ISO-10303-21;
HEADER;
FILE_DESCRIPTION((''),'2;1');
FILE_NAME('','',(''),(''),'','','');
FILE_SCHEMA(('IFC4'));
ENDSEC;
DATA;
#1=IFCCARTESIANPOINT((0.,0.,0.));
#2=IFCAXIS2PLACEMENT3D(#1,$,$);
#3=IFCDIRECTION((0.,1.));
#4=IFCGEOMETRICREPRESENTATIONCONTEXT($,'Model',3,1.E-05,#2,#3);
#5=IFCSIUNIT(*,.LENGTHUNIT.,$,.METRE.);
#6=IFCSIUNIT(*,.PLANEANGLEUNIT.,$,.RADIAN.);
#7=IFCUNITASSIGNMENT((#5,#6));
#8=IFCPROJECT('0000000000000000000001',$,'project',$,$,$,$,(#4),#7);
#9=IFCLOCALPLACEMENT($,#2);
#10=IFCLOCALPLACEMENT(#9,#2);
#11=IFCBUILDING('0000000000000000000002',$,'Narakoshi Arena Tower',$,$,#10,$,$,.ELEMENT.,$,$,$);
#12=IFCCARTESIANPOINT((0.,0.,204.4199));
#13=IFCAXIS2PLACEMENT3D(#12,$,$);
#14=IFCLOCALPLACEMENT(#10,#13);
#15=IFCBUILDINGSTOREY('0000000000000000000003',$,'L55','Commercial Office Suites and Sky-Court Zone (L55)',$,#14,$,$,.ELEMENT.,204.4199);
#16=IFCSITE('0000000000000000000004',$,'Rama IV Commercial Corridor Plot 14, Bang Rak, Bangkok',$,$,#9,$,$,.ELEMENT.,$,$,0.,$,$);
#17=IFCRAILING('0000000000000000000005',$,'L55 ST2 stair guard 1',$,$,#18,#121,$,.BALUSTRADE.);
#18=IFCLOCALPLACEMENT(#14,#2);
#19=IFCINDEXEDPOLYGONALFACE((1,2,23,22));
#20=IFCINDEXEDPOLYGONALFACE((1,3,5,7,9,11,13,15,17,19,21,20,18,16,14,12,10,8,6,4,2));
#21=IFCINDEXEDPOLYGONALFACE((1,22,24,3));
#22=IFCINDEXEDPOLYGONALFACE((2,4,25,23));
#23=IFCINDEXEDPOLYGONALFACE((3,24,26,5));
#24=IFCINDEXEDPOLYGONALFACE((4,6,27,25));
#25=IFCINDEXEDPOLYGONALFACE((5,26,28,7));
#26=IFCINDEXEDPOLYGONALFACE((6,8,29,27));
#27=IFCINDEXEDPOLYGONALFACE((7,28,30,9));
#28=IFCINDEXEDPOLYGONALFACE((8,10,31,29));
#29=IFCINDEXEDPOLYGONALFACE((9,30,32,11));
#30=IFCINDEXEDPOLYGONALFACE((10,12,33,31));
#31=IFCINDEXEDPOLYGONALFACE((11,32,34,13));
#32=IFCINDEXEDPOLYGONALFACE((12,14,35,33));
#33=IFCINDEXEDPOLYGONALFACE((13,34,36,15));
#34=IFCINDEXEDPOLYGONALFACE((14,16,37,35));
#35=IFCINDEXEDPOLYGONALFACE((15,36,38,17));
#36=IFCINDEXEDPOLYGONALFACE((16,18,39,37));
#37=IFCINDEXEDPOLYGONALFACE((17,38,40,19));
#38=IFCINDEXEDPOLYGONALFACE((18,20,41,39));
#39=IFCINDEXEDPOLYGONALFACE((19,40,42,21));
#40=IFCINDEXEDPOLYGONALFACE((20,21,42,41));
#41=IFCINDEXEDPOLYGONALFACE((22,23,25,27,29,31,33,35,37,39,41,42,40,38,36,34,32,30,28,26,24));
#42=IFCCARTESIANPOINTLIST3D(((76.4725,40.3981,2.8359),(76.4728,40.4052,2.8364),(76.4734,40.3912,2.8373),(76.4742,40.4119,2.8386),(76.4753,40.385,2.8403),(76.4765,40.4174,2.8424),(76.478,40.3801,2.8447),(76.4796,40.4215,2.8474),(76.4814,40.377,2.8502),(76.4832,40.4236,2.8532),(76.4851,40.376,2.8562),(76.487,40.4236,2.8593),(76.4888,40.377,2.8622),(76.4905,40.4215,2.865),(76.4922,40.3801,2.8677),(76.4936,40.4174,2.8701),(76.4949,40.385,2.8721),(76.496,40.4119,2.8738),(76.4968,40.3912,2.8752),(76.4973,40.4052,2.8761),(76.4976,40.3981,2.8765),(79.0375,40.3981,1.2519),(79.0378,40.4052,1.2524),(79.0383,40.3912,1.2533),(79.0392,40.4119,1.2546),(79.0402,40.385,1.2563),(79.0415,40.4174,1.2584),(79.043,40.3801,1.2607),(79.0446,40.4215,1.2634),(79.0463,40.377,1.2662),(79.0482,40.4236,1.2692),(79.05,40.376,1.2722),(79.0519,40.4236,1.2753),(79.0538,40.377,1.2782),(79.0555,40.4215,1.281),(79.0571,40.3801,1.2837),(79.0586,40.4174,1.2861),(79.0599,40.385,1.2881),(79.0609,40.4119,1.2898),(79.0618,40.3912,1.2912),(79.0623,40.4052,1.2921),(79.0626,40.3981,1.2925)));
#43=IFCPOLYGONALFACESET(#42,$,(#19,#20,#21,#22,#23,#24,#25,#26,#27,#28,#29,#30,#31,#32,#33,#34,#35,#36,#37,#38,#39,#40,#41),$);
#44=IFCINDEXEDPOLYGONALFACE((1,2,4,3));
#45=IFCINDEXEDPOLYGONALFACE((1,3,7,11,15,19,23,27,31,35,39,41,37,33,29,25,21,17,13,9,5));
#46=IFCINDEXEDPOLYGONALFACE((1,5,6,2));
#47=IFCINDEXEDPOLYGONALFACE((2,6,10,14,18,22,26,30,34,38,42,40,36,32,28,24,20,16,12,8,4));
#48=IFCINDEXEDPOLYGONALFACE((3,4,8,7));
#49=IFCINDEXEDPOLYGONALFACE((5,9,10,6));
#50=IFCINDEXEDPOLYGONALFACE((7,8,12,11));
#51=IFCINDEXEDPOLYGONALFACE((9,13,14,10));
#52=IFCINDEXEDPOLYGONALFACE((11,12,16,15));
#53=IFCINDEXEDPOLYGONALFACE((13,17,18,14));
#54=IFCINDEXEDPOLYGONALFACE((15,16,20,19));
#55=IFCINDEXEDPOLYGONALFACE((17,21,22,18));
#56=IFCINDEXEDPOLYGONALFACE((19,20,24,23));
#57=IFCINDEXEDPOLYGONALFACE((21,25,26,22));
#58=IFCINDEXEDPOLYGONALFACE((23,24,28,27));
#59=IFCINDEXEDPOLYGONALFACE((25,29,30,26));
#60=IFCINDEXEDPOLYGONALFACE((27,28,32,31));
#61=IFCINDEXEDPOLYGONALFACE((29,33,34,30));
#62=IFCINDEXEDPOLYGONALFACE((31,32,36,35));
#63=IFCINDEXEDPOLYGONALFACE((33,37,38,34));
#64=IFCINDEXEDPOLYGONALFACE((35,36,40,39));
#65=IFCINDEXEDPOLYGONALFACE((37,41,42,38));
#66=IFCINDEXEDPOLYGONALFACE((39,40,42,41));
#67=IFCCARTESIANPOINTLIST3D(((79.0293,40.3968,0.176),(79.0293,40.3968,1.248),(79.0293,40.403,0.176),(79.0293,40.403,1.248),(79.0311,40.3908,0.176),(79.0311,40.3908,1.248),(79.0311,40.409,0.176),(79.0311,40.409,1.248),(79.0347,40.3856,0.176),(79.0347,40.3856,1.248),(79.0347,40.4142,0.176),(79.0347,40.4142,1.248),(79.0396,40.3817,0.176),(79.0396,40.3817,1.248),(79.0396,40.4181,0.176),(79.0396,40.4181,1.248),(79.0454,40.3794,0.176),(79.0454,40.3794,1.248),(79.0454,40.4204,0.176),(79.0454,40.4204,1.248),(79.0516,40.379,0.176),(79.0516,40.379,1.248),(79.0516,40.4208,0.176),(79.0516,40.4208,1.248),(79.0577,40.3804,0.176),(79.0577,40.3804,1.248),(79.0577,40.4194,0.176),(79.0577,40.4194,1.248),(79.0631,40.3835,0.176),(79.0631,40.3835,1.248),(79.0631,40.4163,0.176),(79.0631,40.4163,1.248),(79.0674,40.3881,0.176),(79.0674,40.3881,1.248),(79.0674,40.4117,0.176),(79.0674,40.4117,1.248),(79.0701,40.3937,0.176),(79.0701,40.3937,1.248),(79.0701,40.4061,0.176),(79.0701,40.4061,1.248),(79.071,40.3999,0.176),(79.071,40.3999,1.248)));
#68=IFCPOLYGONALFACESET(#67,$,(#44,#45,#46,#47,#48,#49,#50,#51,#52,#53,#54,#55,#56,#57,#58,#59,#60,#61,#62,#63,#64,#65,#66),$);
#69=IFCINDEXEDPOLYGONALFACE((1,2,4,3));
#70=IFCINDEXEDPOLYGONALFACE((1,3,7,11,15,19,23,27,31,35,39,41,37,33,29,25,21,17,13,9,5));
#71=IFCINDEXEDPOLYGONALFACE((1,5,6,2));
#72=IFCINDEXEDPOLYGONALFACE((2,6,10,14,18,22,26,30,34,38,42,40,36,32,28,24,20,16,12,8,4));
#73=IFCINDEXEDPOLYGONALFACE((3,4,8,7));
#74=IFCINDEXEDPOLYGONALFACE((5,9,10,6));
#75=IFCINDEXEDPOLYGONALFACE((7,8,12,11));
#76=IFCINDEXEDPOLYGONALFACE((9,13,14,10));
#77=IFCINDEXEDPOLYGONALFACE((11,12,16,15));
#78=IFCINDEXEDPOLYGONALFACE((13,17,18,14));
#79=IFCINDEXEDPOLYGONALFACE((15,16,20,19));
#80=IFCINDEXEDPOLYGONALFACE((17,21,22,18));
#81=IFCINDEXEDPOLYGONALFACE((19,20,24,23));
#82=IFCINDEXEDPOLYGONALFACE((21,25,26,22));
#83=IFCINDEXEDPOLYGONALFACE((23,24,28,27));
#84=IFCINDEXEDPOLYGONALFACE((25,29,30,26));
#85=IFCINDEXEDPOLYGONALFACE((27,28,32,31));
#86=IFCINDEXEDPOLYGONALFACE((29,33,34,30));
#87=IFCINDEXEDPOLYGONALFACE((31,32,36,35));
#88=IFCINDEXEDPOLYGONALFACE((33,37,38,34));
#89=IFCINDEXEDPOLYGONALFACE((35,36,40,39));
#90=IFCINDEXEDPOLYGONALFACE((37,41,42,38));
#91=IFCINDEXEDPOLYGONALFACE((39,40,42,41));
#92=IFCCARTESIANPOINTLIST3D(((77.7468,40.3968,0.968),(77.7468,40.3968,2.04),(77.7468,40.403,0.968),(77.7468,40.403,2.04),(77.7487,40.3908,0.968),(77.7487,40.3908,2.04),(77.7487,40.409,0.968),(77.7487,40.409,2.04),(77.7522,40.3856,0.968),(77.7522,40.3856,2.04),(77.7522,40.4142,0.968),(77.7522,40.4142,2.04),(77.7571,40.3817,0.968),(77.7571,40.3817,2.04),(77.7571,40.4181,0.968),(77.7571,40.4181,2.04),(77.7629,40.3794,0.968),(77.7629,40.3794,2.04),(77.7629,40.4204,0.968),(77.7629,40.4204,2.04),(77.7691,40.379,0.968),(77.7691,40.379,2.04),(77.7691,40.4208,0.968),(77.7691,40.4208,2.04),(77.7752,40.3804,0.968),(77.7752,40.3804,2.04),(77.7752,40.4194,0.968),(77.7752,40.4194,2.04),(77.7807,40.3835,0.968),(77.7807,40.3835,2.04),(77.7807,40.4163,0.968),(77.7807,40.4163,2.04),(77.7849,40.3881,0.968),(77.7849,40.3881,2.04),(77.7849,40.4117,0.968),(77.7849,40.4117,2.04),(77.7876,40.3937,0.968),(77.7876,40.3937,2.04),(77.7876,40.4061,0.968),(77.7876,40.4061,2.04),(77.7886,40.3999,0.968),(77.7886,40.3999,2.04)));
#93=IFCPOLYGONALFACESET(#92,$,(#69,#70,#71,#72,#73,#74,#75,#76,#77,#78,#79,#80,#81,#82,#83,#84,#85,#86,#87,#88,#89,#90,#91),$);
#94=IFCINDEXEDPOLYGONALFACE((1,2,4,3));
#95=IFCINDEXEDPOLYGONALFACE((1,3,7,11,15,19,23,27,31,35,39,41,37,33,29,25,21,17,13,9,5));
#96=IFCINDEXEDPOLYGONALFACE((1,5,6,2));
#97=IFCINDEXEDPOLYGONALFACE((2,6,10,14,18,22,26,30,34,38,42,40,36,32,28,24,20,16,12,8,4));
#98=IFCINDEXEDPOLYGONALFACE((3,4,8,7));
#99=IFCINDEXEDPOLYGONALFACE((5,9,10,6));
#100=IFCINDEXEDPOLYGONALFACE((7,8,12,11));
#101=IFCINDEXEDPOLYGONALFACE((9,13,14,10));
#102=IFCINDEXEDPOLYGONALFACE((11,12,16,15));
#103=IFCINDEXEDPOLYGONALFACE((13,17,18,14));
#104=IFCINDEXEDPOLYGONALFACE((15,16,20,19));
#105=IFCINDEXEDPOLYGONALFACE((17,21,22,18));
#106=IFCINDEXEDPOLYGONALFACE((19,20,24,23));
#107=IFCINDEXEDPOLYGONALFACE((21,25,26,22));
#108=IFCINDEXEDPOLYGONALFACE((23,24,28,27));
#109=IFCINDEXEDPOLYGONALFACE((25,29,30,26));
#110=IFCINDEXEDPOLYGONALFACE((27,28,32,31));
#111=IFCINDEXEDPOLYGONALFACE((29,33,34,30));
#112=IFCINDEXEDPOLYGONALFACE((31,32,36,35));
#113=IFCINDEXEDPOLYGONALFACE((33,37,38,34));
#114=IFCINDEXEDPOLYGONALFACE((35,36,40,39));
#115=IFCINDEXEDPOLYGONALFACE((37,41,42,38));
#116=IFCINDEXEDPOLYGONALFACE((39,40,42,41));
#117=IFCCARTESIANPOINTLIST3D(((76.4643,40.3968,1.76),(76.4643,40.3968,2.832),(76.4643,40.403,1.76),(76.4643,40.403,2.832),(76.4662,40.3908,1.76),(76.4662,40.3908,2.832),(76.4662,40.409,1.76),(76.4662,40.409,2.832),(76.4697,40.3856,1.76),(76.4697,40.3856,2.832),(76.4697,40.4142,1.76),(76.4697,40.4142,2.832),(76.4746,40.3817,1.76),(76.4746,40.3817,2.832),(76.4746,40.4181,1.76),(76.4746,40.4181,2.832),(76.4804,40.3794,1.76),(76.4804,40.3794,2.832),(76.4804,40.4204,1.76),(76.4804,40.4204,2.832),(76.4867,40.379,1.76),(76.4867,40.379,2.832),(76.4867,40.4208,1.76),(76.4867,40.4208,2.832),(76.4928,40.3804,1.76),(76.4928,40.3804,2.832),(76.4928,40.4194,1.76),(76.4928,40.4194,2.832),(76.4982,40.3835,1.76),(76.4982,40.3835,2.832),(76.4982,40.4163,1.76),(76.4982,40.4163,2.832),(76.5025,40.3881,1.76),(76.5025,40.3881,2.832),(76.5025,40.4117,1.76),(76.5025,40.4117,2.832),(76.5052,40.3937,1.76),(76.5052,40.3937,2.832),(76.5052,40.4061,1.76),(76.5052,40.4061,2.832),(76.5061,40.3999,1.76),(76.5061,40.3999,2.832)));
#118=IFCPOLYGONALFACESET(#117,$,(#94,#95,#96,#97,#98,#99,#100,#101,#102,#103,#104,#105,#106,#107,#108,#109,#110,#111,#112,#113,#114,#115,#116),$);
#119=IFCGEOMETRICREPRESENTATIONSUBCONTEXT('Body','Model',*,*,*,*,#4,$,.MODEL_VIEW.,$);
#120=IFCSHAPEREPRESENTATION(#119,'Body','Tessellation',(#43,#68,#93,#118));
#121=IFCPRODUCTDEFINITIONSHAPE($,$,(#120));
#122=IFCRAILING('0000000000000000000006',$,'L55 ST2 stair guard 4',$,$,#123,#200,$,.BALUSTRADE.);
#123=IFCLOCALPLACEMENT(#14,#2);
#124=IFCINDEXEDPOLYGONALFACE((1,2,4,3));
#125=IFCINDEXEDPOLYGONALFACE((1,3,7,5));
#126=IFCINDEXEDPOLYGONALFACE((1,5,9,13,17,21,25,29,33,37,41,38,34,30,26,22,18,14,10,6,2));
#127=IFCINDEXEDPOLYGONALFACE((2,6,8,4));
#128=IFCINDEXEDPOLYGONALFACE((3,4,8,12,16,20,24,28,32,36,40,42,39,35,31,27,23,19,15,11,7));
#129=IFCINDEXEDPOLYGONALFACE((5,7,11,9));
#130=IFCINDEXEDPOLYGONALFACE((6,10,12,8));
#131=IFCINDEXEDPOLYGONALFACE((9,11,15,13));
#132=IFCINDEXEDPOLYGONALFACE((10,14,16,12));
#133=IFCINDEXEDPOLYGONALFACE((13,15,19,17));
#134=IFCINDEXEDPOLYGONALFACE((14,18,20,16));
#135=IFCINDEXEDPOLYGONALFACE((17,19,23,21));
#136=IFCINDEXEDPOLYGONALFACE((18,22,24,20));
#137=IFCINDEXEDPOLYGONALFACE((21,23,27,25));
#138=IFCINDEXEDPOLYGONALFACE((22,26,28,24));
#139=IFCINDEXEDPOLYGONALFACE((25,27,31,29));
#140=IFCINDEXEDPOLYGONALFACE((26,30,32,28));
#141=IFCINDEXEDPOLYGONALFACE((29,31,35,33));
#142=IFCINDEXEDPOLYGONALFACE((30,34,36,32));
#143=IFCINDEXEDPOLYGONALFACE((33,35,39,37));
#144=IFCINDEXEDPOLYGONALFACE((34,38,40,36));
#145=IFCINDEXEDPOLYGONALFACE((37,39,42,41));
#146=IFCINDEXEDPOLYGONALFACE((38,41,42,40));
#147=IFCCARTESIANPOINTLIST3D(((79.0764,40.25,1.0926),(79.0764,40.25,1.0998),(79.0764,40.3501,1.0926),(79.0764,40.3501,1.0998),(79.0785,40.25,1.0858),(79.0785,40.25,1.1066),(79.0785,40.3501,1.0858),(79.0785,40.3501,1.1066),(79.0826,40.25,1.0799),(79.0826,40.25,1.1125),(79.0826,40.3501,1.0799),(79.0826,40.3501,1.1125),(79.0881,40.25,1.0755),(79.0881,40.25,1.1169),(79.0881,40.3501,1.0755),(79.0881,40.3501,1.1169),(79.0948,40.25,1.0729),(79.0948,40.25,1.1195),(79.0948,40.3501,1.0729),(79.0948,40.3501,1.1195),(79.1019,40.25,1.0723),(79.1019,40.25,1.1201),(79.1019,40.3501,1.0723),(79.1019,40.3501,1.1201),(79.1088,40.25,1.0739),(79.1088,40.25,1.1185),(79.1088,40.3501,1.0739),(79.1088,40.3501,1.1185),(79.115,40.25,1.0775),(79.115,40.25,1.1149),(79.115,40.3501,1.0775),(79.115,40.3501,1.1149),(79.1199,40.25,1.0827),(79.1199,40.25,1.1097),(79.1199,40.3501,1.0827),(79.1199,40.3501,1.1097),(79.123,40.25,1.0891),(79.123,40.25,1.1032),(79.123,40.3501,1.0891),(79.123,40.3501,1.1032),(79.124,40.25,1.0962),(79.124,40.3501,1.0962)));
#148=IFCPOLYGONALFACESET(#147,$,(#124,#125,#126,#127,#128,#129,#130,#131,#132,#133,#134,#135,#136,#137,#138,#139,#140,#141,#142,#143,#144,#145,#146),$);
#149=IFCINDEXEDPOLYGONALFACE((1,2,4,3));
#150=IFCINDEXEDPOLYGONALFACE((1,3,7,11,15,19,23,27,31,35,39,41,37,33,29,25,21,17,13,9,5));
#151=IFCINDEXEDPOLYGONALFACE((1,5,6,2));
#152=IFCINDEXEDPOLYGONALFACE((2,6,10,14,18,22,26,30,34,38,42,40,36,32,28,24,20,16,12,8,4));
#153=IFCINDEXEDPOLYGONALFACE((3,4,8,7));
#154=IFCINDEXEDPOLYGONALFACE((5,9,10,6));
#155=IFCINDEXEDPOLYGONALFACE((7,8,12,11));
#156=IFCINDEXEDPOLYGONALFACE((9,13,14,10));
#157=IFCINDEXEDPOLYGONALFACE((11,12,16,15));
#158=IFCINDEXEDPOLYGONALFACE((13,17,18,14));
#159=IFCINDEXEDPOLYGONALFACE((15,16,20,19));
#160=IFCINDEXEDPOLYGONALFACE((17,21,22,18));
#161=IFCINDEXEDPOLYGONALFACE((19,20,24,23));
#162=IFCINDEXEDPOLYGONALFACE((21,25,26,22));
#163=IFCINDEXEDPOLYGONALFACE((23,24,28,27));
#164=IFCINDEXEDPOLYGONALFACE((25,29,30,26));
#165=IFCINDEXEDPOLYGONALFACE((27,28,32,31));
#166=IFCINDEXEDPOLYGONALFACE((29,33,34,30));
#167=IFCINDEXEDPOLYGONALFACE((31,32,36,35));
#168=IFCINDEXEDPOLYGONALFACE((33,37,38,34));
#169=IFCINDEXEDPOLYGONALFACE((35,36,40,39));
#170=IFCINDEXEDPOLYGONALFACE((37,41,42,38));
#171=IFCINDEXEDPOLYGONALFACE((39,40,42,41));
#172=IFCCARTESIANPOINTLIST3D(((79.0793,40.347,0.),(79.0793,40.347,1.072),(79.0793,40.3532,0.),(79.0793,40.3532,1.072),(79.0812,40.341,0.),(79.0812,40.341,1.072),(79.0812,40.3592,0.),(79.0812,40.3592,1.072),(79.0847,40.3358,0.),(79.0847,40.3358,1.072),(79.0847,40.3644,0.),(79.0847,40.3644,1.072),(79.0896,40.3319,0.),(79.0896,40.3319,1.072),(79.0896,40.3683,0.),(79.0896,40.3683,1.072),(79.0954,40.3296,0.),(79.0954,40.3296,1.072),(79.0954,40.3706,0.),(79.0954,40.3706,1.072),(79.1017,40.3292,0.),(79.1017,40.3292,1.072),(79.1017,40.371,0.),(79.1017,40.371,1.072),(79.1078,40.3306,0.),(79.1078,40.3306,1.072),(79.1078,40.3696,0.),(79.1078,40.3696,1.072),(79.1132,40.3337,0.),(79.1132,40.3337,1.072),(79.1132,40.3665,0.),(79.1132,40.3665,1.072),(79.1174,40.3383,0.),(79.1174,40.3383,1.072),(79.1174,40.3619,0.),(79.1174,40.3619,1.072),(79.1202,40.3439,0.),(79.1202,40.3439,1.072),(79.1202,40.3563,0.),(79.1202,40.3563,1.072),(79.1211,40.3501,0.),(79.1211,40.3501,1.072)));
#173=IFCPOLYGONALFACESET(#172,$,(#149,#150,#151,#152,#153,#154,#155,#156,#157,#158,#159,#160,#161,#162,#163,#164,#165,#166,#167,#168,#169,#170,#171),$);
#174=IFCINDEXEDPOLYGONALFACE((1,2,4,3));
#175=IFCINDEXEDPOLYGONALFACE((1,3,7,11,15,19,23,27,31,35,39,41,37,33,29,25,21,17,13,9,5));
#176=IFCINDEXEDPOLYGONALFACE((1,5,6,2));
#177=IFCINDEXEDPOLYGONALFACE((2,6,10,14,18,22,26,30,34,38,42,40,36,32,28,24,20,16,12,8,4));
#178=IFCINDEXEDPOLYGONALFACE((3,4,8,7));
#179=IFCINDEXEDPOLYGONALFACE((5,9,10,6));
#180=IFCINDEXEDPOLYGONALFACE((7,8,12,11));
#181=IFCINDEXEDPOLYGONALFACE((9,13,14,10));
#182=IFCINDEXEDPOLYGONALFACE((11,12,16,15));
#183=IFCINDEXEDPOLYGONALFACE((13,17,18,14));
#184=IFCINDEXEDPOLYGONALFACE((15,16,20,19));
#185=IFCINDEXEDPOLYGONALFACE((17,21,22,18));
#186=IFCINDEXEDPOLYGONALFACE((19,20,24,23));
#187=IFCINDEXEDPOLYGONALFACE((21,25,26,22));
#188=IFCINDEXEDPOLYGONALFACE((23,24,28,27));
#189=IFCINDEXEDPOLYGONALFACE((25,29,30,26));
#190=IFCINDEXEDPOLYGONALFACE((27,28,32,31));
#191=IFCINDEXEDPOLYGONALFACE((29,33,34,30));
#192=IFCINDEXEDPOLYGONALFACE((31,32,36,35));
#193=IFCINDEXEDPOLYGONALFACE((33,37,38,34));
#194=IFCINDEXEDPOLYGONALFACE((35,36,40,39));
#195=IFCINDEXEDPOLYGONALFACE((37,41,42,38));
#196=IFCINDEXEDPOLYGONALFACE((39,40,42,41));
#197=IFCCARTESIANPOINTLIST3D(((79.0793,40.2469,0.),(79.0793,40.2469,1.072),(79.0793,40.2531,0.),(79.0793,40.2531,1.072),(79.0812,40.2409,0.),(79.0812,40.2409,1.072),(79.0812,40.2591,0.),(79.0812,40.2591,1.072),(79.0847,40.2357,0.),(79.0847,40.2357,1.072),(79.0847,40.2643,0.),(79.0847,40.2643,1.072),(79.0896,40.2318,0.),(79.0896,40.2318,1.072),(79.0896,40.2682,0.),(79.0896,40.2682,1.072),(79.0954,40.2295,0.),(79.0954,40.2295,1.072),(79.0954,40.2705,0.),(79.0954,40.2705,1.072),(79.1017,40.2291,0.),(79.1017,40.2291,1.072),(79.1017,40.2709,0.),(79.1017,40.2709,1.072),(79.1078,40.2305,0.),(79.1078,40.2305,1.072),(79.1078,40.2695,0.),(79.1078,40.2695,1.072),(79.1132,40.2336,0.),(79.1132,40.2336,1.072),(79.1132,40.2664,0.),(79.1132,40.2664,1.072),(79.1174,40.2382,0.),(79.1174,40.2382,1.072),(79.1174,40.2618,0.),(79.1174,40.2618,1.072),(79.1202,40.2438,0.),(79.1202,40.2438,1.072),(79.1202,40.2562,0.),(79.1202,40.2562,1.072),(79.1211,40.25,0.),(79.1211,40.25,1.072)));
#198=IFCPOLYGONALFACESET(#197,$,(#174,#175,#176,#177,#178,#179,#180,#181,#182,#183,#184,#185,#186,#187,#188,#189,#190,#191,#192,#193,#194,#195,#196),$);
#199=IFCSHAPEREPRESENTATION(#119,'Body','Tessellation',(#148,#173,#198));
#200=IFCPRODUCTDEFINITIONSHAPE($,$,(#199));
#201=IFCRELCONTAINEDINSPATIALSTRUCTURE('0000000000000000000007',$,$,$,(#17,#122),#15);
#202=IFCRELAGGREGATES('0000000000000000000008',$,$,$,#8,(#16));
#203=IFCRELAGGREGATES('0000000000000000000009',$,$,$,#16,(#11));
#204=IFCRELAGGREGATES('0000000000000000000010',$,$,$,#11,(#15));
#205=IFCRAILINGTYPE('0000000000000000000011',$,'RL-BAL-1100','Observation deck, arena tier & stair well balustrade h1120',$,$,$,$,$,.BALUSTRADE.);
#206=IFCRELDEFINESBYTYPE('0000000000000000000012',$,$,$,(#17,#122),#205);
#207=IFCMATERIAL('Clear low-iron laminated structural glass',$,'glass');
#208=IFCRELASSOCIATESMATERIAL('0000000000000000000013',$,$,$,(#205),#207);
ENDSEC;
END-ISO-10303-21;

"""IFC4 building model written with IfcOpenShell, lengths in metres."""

from ifc_helpers import new_model, si_unit, direction, frame, origin, origin_2d, place, context, subcontext, project, spatial, circle, extrude, material, type_object, element, save


model = new_model("IFC4")

# Units and contexts
model_context = context("Model", 3, precision=1e-05, world=origin(), true_north=direction((0.0, 1.0)))
body_context = subcontext(model_context, "Body", "Model", "MODEL_VIEW")
ifc_project = project(units=[si_unit("LENGTHUNIT", "METRE"), si_unit("PLANEANGLEUNIT", "RADIAN")], contexts=[model_context])

# Site, building, storey
site_placement = place(None, origin())
site = spatial("IfcSite", under=ifc_project, at=site_placement, Name="Rama IV Commercial Corridor Plot 14, Bang Rak, Bangkok", CompositionType="ELEMENT", RefElevation=0.0)
building_placement = place(site_placement, origin())
building = spatial("IfcBuilding", under=site, at=building_placement, Name="Narakoshi Arena Tower", CompositionType="ELEMENT")
storey_placement = place(building_placement, frame((0.0, 0.0, 204.4199)))
storey = spatial("IfcBuildingStorey", under=building, at=storey_placement, Name="L55", Description="Commercial Office Suites and Sky-Court Zone (L55)", CompositionType="ELEMENT", Elevation=204.4199)

# Railings
ifc_material_1 = material(Name="Clear low-iron laminated structural glass", Category="glass")
railing_type = type_object("IfcRailingType", Name="RL-BAL-1100", Description="Observation deck, arena tier & stair well balustrade h1120", PredefinedType="BALUSTRADE", material=ifc_material_1)
railing_1_placement = place(storey_placement, frame((79.05, 40.3999, 0.176)))
element("IfcRailing", 1, at=railing_1_placement, inside=storey, type_object=railing_type, Name="L55 ST2 stair guard 1", PredefinedType="BALUSTRADE", context=body_context, shape_type="SweptSolid", body=[
    extrude(circle(Radius=0.0239, at=origin_2d()), frame((0.0, 0.0, 1.0962), z_axis=(-0.850834, 0.0, 0.525434), x_axis=(0.0, -1.0, 0.0)), (0.0, 0.0, 1.0), 3.0146),
    extrude(circle(Radius=0.021, at=origin_2d()), origin(), (0.0, 0.0, 1.0), 1.072),
    extrude(circle(Radius=0.021, at=origin_2d()), frame((-1.2825, 0.0, 0.792)), (0.0, 0.0, 1.0), 1.072),
    extrude(circle(Radius=0.021, at=origin_2d()), frame((-2.5649, 0.0, 1.584)), (0.0, 0.0, 1.0), 1.072),
])
railing_2_placement = place(storey_placement, frame((79.1001, 40.3501, 0.0)))
element("IfcRailing", 2, at=railing_2_placement, inside=storey, type_object=railing_type, Name="L55 ST2 stair guard 4", PredefinedType="BALUSTRADE", context=body_context, shape_type="SweptSolid", body=[
    extrude(circle(Radius=0.0239, at=origin_2d()), frame((0.0, 0.0, 1.0962), z_axis=(0.0, -1.0, 0.0), x_axis=(1.0, 0.0, 0.0)), (0.0, 0.0, 1.0), 0.1001),
    extrude(circle(Radius=0.021, at=origin_2d()), origin(), (0.0, 0.0, 1.0), 1.072),
    extrude(circle(Radius=0.021, at=origin_2d()), frame((0.0, -0.1001, 0.0)), (0.0, 0.0, 1.0), 1.072),
])

save(model, "model.ifc")
